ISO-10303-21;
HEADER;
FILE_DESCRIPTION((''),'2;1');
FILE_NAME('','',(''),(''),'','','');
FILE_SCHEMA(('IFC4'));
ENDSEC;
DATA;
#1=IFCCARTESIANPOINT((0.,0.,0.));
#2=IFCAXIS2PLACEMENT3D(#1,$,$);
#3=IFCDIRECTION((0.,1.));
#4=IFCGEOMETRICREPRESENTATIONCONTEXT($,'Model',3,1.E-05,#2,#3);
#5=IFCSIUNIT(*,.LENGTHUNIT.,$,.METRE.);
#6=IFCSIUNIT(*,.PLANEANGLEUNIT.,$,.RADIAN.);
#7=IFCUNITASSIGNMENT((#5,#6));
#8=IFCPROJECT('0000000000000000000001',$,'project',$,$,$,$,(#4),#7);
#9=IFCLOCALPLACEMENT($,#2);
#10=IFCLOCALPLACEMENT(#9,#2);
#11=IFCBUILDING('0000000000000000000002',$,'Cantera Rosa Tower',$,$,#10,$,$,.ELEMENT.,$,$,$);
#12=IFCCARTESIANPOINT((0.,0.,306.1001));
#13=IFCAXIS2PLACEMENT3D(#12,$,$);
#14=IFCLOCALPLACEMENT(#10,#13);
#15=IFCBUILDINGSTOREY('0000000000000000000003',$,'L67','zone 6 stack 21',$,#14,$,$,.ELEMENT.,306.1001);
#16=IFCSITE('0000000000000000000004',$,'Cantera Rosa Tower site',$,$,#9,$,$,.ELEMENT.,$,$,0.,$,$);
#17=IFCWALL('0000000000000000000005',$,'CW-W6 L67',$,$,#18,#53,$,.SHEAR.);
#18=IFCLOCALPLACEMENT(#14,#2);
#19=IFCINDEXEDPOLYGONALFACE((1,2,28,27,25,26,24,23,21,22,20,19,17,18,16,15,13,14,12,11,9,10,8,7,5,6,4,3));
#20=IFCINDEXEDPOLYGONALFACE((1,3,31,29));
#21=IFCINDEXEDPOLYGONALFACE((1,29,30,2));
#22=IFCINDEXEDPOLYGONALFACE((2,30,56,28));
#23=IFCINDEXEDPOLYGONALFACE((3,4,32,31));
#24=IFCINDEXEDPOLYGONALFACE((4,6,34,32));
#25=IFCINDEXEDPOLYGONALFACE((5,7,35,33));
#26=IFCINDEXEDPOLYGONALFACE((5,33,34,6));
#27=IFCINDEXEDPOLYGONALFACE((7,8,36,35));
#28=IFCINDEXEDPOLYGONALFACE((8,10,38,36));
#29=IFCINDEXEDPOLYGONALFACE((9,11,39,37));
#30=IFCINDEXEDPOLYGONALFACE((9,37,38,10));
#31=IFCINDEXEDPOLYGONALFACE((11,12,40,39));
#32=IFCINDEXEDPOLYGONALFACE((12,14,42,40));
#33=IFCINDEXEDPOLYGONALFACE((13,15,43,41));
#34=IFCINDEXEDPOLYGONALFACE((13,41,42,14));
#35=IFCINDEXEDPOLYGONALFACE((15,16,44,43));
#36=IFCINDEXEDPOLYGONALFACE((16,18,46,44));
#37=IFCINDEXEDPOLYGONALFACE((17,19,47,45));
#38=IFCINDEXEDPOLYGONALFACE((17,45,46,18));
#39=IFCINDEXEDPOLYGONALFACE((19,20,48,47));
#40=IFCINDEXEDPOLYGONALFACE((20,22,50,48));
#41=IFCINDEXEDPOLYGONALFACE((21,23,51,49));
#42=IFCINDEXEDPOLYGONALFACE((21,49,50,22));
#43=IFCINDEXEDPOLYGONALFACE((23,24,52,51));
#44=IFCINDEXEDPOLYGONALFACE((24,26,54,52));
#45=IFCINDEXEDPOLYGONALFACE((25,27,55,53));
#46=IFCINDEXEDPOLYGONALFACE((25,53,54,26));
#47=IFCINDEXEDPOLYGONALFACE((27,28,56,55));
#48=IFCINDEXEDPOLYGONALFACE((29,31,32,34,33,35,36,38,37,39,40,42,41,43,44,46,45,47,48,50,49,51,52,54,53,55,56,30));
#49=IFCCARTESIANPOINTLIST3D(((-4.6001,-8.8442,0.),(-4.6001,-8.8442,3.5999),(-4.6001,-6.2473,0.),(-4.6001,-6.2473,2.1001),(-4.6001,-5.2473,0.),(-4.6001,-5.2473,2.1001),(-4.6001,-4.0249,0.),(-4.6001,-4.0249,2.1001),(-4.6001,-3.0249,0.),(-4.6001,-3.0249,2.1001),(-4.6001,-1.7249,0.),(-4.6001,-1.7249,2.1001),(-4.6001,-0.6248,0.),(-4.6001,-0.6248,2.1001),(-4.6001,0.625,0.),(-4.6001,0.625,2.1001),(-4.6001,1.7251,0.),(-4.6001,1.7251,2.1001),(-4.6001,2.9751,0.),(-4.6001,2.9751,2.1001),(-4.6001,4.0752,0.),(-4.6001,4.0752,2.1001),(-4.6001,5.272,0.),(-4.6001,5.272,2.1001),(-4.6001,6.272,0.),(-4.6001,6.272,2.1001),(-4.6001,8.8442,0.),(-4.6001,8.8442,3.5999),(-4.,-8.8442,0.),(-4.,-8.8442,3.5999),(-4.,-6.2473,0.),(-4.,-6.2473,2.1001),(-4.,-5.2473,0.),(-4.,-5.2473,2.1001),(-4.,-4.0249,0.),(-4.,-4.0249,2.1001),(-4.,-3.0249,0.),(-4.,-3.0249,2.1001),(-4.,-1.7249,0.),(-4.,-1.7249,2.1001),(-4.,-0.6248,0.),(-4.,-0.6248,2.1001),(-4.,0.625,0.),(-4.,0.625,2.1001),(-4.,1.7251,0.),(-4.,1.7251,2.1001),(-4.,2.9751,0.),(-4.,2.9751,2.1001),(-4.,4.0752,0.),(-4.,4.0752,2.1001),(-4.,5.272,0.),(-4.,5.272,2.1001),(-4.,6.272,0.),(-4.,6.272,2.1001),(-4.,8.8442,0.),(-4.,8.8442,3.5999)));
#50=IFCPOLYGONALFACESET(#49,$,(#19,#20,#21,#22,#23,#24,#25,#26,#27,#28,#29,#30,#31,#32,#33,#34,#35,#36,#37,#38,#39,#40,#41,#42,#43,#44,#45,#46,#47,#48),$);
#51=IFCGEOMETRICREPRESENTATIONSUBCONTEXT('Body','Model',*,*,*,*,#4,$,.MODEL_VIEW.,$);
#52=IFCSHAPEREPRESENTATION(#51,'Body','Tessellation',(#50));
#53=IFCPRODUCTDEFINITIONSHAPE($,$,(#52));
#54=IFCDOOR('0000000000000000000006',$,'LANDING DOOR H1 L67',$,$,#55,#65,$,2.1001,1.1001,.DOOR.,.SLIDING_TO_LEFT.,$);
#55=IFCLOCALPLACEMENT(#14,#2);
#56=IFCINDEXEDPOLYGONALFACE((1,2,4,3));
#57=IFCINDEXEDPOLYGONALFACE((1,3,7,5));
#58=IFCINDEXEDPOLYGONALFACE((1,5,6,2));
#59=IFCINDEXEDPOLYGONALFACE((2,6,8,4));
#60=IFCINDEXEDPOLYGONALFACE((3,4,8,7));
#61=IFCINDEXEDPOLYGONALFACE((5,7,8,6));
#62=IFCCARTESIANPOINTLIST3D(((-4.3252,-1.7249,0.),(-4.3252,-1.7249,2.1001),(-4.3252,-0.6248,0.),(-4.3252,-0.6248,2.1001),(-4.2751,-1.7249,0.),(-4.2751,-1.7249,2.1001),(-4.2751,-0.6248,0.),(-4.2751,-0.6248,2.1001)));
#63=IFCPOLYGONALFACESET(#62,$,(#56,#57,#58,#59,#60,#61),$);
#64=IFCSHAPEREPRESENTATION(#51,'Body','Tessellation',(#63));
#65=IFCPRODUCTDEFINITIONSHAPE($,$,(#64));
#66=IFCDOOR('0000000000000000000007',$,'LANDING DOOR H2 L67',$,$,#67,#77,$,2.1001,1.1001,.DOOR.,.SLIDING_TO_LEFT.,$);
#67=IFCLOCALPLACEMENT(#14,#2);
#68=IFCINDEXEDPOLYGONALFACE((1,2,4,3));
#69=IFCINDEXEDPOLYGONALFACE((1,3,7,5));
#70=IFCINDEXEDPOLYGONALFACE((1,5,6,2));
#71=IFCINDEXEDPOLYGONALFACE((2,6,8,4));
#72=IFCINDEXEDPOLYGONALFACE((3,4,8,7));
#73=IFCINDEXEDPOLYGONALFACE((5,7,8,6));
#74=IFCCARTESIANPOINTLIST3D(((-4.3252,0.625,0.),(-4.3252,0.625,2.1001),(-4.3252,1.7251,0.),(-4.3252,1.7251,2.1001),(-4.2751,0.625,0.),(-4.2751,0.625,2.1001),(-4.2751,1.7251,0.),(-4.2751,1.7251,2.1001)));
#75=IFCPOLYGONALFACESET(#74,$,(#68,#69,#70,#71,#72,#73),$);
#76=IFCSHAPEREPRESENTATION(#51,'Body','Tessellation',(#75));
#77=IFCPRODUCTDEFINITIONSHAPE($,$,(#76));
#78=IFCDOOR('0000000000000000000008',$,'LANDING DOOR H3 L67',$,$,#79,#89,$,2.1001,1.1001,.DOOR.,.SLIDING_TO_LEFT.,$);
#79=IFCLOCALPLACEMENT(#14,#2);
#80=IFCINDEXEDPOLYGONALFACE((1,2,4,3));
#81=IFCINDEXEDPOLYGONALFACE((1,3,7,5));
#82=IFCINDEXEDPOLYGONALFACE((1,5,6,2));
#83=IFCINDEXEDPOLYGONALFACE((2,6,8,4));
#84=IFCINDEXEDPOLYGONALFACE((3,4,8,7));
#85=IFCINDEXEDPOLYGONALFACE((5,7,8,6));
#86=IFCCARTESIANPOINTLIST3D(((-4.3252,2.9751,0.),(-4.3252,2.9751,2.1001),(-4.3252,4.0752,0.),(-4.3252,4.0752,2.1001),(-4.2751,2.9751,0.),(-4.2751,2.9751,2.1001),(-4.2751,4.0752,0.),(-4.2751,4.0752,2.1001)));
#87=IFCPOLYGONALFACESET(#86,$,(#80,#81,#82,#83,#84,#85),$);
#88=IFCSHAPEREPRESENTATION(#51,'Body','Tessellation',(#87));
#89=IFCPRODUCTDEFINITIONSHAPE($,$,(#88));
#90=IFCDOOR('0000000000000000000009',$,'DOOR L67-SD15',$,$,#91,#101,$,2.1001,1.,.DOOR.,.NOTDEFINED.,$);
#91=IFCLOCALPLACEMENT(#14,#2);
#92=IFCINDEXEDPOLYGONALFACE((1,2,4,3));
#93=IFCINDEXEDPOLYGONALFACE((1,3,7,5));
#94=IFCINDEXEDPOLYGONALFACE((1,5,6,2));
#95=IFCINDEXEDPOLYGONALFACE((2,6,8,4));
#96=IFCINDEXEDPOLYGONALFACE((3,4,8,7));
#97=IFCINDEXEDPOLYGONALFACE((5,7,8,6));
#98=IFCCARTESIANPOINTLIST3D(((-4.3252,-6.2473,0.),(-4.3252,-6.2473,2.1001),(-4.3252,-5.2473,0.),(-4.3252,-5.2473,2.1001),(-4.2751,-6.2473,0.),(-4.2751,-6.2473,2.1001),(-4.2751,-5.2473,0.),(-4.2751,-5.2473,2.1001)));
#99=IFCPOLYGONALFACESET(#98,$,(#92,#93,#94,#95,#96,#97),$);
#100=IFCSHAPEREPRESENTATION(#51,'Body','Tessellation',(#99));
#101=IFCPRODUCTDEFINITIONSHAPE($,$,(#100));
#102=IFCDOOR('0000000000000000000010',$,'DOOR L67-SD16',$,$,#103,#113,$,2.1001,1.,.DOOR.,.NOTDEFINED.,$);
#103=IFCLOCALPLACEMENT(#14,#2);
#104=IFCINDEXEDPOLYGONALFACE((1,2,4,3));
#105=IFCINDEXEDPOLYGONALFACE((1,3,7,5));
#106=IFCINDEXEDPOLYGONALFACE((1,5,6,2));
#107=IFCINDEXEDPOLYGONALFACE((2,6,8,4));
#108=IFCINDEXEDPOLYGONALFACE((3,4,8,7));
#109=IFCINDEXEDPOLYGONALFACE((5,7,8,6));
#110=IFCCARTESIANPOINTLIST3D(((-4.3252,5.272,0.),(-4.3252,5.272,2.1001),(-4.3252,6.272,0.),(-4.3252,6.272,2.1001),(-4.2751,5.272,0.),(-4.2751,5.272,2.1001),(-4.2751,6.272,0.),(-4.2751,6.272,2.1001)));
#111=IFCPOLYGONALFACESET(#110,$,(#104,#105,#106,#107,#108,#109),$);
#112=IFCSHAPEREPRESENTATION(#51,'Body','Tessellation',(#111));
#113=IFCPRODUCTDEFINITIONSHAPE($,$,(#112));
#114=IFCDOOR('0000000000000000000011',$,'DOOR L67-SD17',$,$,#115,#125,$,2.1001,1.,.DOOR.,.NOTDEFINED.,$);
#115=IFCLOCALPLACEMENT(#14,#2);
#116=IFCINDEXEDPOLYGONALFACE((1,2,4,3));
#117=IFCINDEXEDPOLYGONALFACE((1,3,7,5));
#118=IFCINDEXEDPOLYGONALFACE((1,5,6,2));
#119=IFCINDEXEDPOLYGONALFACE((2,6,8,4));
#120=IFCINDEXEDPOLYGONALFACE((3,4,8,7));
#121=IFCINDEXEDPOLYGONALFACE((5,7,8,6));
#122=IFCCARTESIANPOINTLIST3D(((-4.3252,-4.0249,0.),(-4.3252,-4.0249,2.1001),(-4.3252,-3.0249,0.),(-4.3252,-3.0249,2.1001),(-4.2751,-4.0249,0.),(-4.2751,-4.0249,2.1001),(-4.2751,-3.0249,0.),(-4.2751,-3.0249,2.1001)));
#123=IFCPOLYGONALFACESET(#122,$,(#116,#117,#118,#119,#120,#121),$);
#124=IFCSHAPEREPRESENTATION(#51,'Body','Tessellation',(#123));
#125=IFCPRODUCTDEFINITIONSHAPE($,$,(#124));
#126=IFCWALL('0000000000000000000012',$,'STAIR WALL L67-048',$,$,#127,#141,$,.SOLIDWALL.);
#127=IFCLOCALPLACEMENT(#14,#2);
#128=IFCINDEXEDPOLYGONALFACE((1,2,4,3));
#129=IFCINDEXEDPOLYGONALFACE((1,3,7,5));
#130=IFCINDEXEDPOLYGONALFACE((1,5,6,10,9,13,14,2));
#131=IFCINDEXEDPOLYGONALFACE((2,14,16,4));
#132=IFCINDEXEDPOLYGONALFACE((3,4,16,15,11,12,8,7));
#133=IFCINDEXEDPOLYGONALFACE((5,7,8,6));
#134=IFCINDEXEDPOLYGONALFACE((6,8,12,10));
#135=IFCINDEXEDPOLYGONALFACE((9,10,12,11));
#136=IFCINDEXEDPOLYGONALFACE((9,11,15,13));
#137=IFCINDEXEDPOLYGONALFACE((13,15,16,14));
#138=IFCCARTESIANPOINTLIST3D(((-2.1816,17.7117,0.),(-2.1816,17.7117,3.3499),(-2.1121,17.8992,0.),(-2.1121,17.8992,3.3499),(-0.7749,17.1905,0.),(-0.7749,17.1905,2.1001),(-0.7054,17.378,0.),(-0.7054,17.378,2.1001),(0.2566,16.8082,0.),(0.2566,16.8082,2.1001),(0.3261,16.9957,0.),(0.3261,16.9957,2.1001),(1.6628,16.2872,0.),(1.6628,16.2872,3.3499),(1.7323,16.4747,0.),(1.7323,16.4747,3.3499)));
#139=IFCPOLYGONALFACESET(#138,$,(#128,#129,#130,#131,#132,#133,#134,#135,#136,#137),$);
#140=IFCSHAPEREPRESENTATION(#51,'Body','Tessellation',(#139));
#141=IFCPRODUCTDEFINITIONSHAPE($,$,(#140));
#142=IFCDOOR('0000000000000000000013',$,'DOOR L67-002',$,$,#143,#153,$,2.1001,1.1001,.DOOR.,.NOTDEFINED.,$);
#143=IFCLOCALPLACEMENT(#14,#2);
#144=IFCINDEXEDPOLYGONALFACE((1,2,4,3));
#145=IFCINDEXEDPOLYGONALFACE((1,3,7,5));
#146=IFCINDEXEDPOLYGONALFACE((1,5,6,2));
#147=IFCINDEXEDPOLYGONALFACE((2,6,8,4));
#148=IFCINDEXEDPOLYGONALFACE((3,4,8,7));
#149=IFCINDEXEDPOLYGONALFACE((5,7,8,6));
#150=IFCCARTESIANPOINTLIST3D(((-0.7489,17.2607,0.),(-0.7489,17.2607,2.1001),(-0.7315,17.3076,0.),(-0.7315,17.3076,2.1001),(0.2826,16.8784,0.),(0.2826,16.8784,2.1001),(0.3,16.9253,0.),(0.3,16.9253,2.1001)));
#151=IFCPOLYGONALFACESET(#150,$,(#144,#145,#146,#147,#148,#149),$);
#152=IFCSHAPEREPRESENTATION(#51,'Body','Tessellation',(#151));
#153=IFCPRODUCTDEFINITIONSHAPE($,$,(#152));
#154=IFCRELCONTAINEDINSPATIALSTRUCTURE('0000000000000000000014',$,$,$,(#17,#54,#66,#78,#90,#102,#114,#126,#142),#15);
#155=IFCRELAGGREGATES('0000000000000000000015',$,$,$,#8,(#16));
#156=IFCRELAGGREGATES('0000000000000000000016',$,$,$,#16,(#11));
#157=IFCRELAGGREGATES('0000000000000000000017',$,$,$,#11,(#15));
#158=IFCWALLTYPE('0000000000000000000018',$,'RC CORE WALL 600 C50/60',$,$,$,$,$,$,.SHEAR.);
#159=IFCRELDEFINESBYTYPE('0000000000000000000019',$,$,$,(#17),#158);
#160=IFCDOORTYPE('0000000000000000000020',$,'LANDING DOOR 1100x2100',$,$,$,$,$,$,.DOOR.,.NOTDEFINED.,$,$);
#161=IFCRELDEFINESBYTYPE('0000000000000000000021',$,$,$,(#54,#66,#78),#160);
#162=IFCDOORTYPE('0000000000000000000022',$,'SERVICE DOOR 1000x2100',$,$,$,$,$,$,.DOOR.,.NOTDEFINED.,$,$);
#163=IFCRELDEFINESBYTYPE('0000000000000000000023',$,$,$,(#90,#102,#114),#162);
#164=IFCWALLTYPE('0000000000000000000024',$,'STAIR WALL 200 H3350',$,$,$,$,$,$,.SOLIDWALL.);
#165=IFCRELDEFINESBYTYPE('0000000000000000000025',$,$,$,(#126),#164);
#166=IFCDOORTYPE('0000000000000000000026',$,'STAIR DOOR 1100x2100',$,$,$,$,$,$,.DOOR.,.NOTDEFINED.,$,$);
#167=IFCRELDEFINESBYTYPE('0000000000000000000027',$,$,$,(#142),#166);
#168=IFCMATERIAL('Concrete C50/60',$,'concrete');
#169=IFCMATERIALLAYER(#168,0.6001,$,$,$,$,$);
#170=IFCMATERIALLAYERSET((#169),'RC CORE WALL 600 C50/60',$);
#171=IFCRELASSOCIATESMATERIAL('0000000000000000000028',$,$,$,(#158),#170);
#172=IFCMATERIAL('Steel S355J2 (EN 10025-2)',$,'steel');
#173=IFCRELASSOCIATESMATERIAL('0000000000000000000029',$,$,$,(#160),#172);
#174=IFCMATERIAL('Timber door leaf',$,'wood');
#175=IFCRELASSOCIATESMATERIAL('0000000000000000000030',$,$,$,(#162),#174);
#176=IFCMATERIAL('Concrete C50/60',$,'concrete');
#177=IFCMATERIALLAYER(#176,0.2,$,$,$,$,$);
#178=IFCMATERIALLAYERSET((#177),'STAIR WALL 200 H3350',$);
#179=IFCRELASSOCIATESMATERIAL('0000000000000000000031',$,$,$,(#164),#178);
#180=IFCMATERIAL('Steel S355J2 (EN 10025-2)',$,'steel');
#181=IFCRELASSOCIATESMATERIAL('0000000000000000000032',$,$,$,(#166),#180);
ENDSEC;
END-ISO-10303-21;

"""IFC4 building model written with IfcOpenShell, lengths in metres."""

from ifc_helpers import new_model, si_unit, direction, frame, frame_2d, origin, place, context, subcontext, project, spatial, rectangle, extrude, material, layer, layer_set, type_object, element, fill, save


model = new_model("IFC4")

# Units and contexts
model_context = context("Model", 3, precision=1e-05, world=origin(), true_north=direction((0.0, 1.0)))
body_context = subcontext(model_context, "Body", "Model", "MODEL_VIEW")
ifc_project = project(units=[si_unit("LENGTHUNIT", "METRE"), si_unit("PLANEANGLEUNIT", "RADIAN")], contexts=[model_context])

# Site, building, storey
site_placement = place(None, origin())
site = spatial("IfcSite", under=ifc_project, at=site_placement, Name="Cantera Rosa Tower site", CompositionType="ELEMENT", RefElevation=0.0)
building_placement = place(site_placement, origin())
building = spatial("IfcBuilding", under=site, at=building_placement, Name="Cantera Rosa Tower", CompositionType="ELEMENT")
storey_placement = place(building_placement, frame((0.0, 0.0, 306.1001)))
storey = spatial("IfcBuildingStorey", under=building, at=storey_placement, Name="L67", Description="zone 6 stack 21", CompositionType="ELEMENT", Elevation=306.1001)

# Wall, openings, doors
ifc_material_1 = material(Name="Concrete C50/60", Category="concrete")
ifc_layer_1 = layer(ifc_material_1, 0.6001)
ifc_layer_set_1 = layer_set([ifc_layer_1], Name="RC CORE WALL 600 C50/60")
wall_type_1 = type_object("IfcWallType", Name="RC CORE WALL 600 C50/60", PredefinedType="SHEAR", material=ifc_layer_set_1)
wall_1_placement = place(storey_placement, frame((-4.3, 8.8442, 0.0), z_axis=(0.0, 0.0, 1.0), x_axis=(0.0, -1.0, 0.0)))
wall_1 = element("IfcWall", 1, at=wall_1_placement, inside=storey, type_object=wall_type_1, Name="CW-W6 L67", PredefinedType="SHEAR", context=body_context, shape_type="SweptSolid", body=[
    extrude(rectangle(XDim=17.6885, YDim=0.6001, at=frame_2d((8.8442, 0.0))), origin(), (0.0, 0.0, 1.0), 3.5999),
])
opening_1_placement = place(wall_1_placement, frame((9.469, 0.0, 0.0)))
opening_1 = element("IfcOpeningElement", 2, at=opening_1_placement, cuts=wall_1, PredefinedType="OPENING", context=body_context, shape_type="SweptSolid", body=[
    extrude(rectangle(XDim=1.1001, YDim=2.1001, at=frame_2d((0.55, 1.05))), frame((0.0, 0.3101, 0.0), z_axis=(0.0, -1.0, 0.0), x_axis=(1.0, 0.0, 0.0)), (0.0, 0.0, 1.0), 0.6201),
])
opening_2_placement = place(wall_1_placement, frame((7.1191, 0.0, 0.0)))
opening_2 = element("IfcOpeningElement", 3, at=opening_2_placement, cuts=wall_1, PredefinedType="OPENING", context=body_context, shape_type="SweptSolid", body=[
    extrude(rectangle(XDim=1.1001, YDim=2.1001, at=frame_2d((0.55, 1.05))), frame((0.0, 0.3101, 0.0), z_axis=(0.0, -1.0, 0.0), x_axis=(1.0, 0.0, 0.0)), (0.0, 0.0, 1.0), 0.6201),
])
opening_3_placement = place(wall_1_placement, frame((4.769, 0.0, 0.0)))
opening_3 = element("IfcOpeningElement", 4, at=opening_3_placement, cuts=wall_1, PredefinedType="OPENING", context=body_context, shape_type="SweptSolid", body=[
    extrude(rectangle(XDim=1.1001, YDim=2.1001, at=frame_2d((0.55, 1.05))), frame((0.0, 0.3101, 0.0), z_axis=(0.0, -1.0, 0.0), x_axis=(1.0, 0.0, 0.0)), (0.0, 0.0, 1.0), 0.6201),
])
opening_4_placement = place(wall_1_placement, frame((14.0916, 0.0, 0.0)))
opening_4 = element("IfcOpeningElement", 5, at=opening_4_placement, cuts=wall_1, PredefinedType="OPENING", context=body_context, shape_type="SweptSolid", body=[
    extrude(rectangle(XDim=1.0, YDim=2.1001, at=frame_2d((0.5, 1.05))), frame((0.0, 0.3101, 0.0), z_axis=(0.0, -1.0, 0.0), x_axis=(1.0, 0.0, 0.0)), (0.0, 0.0, 1.0), 0.6201),
])
opening_5_placement = place(wall_1_placement, frame((2.5723, 0.0, 0.0)))
opening_5 = element("IfcOpeningElement", 6, at=opening_5_placement, cuts=wall_1, PredefinedType="OPENING", context=body_context, shape_type="SweptSolid", body=[
    extrude(rectangle(XDim=1.0, YDim=2.1001, at=frame_2d((0.5, 1.05))), frame((0.0, 0.3101, 0.0), z_axis=(0.0, -1.0, 0.0), x_axis=(1.0, 0.0, 0.0)), (0.0, 0.0, 1.0), 0.6201),
])
opening_6_placement = place(wall_1_placement, frame((11.8691, 0.0, 0.0)))
opening_6 = element("IfcOpeningElement", 7, at=opening_6_placement, cuts=wall_1, PredefinedType="OPENING", context=body_context, shape_type="SweptSolid", body=[
    extrude(rectangle(XDim=1.0, YDim=2.1001, at=frame_2d((0.5, 1.05))), frame((0.0, 0.3101, 0.0), z_axis=(0.0, -1.0, 0.0), x_axis=(1.0, 0.0, 0.0)), (0.0, 0.0, 1.0), 0.6201),
])
ifc_material_2 = material(Name="Steel S355J2 (EN 10025-2)", Category="steel")
door_type_1 = type_object("IfcDoorType", Name="LANDING DOOR 1100x2100", OperationType="NOTDEFINED", PredefinedType="DOOR", material=ifc_material_2)
door_1_placement = place(opening_1_placement, origin())
door_1 = element("IfcDoor", 8, at=door_1_placement, inside=storey, type_object=door_type_1, Name="LANDING DOOR H1 L67", OperationType="SLIDING_TO_LEFT", OverallHeight=2.1001, OverallWidth=1.1001, PredefinedType="DOOR", context=body_context, shape_type="SweptSolid", body=[
    extrude(rectangle(XDim=1.1001, YDim=2.1001, at=frame_2d((0.55, 1.05))), frame((0.0, 0.0249, 0.0), z_axis=(0.0, -1.0, 0.0), x_axis=(1.0, 0.0, 0.0)), (0.0, 0.0, 1.0), 0.05),
])
fill(opening_1, door_1)
door_2_placement = place(opening_2_placement, origin())
door_2 = element("IfcDoor", 9, at=door_2_placement, inside=storey, type_object=door_type_1, Name="LANDING DOOR H2 L67", OperationType="SLIDING_TO_LEFT", OverallHeight=2.1001, OverallWidth=1.1001, PredefinedType="DOOR", context=body_context, shape_type="SweptSolid", body=[
    extrude(rectangle(XDim=1.1001, YDim=2.1001, at=frame_2d((0.55, 1.05))), frame((0.0, 0.0249, 0.0), z_axis=(0.0, -1.0, 0.0), x_axis=(1.0, 0.0, 0.0)), (0.0, 0.0, 1.0), 0.05),
])
fill(opening_2, door_2)
door_3_placement = place(opening_3_placement, origin())
door_3 = element("IfcDoor", 10, at=door_3_placement, inside=storey, type_object=door_type_1, Name="LANDING DOOR H3 L67", OperationType="SLIDING_TO_LEFT", OverallHeight=2.1001, OverallWidth=1.1001, PredefinedType="DOOR", context=body_context, shape_type="SweptSolid", body=[
    extrude(rectangle(XDim=1.1001, YDim=2.1001, at=frame_2d((0.55, 1.05))), frame((0.0, 0.0249, 0.0), z_axis=(0.0, -1.0, 0.0), x_axis=(1.0, 0.0, 0.0)), (0.0, 0.0, 1.0), 0.05),
])
fill(opening_3, door_3)
ifc_material_3 = material(Name="Timber door leaf", Category="wood")
door_type_2 = type_object("IfcDoorType", Name="SERVICE DOOR 1000x2100", OperationType="NOTDEFINED", PredefinedType="DOOR", material=ifc_material_3)
door_4_placement = place(opening_4_placement, origin())
door_4 = element("IfcDoor", 11, at=door_4_placement, inside=storey, type_object=door_type_2, Name="DOOR L67-SD15", OperationType="NOTDEFINED", OverallHeight=2.1001, OverallWidth=1.0, PredefinedType="DOOR", context=body_context, shape_type="SweptSolid", body=[
    extrude(rectangle(XDim=1.0, YDim=2.1001, at=frame_2d((0.5, 1.05))), frame((0.0, 0.0249, 0.0), z_axis=(0.0, -1.0, 0.0), x_axis=(1.0, 0.0, 0.0)), (0.0, 0.0, 1.0), 0.05),
])
fill(opening_4, door_4)
door_5_placement = place(opening_5_placement, origin())
door_5 = element("IfcDoor", 12, at=door_5_placement, inside=storey, type_object=door_type_2, Name="DOOR L67-SD16", OperationType="NOTDEFINED", OverallHeight=2.1001, OverallWidth=1.0, PredefinedType="DOOR", context=body_context, shape_type="SweptSolid", body=[
    extrude(rectangle(XDim=1.0, YDim=2.1001, at=frame_2d((0.5, 1.05))), frame((0.0, 0.0249, 0.0), z_axis=(0.0, -1.0, 0.0), x_axis=(1.0, 0.0, 0.0)), (0.0, 0.0, 1.0), 0.05),
])
fill(opening_5, door_5)
door_6_placement = place(opening_6_placement, origin())
door_6 = element("IfcDoor", 13, at=door_6_placement, inside=storey, type_object=door_type_2, Name="DOOR L67-SD17", OperationType="NOTDEFINED", OverallHeight=2.1001, OverallWidth=1.0, PredefinedType="DOOR", context=body_context, shape_type="SweptSolid", body=[
    extrude(rectangle(XDim=1.0, YDim=2.1001, at=frame_2d((0.5, 1.05))), frame((0.0, 0.0249, 0.0), z_axis=(0.0, -1.0, 0.0), x_axis=(1.0, 0.0, 0.0)), (0.0, 0.0, 1.0), 0.05),
])
fill(opening_6, door_6)

# Wall, opening, door
ifc_material_4 = material(Name="Concrete C50/60", Category="concrete")
ifc_layer_2 = layer(ifc_material_4, 0.2)
ifc_layer_set_2 = layer_set([ifc_layer_2], Name="STAIR WALL 200 H3350")
wall_type_2 = type_object("IfcWallType", Name="STAIR WALL 200 H3350", PredefinedType="SOLIDWALL", material=ifc_layer_set_2)
wall_2_placement = place(storey_placement, frame((-2.1467, 17.8054, 0.0), z_axis=(0.0, 0.0, 1.0), x_axis=(0.937695, -0.34746, 0.0)))
wall_2 = element("IfcWall", 14, at=wall_2_placement, inside=storey, type_object=wall_type_2, Name="STAIR WALL L67-048", PredefinedType="SOLIDWALL", context=body_context, shape_type="SweptSolid", body=[
    extrude(rectangle(XDim=4.0999, YDim=0.2, at=frame_2d((2.0498, 0.0))), origin(), (0.0, 0.0, 1.0), 3.3499),
])
opening_7_placement = place(wall_2_placement, frame((1.5, 0.0, 0.0)))
opening_7 = element("IfcOpeningElement", 15, at=opening_7_placement, cuts=wall_2, PredefinedType="OPENING", context=body_context, shape_type="SweptSolid", body=[
    extrude(rectangle(XDim=1.1001, YDim=2.1001, at=frame_2d((0.55, 1.05))), frame((0.0, 0.1099, 0.0), z_axis=(0.0, -1.0, 0.0), x_axis=(1.0, 0.0, 0.0)), (0.0, 0.0, 1.0), 0.22),
])
ifc_material_5 = material(Name="Steel S355J2 (EN 10025-2)", Category="steel")
door_type_3 = type_object("IfcDoorType", Name="STAIR DOOR 1100x2100", OperationType="NOTDEFINED", PredefinedType="DOOR", material=ifc_material_5)
door_7_placement = place(opening_7_placement, origin())
door_7 = element("IfcDoor", 16, at=door_7_placement, inside=storey, type_object=door_type_3, Name="DOOR L67-002", OperationType="NOTDEFINED", OverallHeight=2.1001, OverallWidth=1.1001, PredefinedType="DOOR", context=body_context, shape_type="SweptSolid", body=[
    extrude(rectangle(XDim=1.1001, YDim=2.1001, at=frame_2d((0.55, 1.05))), frame((0.0, 0.0249, 0.0), z_axis=(0.0, -1.0, 0.0), x_axis=(1.0, 0.0, 0.0)), (0.0, 0.0, 1.0), 0.05),
])
fill(opening_7, door_7)

save(model, "model.ifc")
